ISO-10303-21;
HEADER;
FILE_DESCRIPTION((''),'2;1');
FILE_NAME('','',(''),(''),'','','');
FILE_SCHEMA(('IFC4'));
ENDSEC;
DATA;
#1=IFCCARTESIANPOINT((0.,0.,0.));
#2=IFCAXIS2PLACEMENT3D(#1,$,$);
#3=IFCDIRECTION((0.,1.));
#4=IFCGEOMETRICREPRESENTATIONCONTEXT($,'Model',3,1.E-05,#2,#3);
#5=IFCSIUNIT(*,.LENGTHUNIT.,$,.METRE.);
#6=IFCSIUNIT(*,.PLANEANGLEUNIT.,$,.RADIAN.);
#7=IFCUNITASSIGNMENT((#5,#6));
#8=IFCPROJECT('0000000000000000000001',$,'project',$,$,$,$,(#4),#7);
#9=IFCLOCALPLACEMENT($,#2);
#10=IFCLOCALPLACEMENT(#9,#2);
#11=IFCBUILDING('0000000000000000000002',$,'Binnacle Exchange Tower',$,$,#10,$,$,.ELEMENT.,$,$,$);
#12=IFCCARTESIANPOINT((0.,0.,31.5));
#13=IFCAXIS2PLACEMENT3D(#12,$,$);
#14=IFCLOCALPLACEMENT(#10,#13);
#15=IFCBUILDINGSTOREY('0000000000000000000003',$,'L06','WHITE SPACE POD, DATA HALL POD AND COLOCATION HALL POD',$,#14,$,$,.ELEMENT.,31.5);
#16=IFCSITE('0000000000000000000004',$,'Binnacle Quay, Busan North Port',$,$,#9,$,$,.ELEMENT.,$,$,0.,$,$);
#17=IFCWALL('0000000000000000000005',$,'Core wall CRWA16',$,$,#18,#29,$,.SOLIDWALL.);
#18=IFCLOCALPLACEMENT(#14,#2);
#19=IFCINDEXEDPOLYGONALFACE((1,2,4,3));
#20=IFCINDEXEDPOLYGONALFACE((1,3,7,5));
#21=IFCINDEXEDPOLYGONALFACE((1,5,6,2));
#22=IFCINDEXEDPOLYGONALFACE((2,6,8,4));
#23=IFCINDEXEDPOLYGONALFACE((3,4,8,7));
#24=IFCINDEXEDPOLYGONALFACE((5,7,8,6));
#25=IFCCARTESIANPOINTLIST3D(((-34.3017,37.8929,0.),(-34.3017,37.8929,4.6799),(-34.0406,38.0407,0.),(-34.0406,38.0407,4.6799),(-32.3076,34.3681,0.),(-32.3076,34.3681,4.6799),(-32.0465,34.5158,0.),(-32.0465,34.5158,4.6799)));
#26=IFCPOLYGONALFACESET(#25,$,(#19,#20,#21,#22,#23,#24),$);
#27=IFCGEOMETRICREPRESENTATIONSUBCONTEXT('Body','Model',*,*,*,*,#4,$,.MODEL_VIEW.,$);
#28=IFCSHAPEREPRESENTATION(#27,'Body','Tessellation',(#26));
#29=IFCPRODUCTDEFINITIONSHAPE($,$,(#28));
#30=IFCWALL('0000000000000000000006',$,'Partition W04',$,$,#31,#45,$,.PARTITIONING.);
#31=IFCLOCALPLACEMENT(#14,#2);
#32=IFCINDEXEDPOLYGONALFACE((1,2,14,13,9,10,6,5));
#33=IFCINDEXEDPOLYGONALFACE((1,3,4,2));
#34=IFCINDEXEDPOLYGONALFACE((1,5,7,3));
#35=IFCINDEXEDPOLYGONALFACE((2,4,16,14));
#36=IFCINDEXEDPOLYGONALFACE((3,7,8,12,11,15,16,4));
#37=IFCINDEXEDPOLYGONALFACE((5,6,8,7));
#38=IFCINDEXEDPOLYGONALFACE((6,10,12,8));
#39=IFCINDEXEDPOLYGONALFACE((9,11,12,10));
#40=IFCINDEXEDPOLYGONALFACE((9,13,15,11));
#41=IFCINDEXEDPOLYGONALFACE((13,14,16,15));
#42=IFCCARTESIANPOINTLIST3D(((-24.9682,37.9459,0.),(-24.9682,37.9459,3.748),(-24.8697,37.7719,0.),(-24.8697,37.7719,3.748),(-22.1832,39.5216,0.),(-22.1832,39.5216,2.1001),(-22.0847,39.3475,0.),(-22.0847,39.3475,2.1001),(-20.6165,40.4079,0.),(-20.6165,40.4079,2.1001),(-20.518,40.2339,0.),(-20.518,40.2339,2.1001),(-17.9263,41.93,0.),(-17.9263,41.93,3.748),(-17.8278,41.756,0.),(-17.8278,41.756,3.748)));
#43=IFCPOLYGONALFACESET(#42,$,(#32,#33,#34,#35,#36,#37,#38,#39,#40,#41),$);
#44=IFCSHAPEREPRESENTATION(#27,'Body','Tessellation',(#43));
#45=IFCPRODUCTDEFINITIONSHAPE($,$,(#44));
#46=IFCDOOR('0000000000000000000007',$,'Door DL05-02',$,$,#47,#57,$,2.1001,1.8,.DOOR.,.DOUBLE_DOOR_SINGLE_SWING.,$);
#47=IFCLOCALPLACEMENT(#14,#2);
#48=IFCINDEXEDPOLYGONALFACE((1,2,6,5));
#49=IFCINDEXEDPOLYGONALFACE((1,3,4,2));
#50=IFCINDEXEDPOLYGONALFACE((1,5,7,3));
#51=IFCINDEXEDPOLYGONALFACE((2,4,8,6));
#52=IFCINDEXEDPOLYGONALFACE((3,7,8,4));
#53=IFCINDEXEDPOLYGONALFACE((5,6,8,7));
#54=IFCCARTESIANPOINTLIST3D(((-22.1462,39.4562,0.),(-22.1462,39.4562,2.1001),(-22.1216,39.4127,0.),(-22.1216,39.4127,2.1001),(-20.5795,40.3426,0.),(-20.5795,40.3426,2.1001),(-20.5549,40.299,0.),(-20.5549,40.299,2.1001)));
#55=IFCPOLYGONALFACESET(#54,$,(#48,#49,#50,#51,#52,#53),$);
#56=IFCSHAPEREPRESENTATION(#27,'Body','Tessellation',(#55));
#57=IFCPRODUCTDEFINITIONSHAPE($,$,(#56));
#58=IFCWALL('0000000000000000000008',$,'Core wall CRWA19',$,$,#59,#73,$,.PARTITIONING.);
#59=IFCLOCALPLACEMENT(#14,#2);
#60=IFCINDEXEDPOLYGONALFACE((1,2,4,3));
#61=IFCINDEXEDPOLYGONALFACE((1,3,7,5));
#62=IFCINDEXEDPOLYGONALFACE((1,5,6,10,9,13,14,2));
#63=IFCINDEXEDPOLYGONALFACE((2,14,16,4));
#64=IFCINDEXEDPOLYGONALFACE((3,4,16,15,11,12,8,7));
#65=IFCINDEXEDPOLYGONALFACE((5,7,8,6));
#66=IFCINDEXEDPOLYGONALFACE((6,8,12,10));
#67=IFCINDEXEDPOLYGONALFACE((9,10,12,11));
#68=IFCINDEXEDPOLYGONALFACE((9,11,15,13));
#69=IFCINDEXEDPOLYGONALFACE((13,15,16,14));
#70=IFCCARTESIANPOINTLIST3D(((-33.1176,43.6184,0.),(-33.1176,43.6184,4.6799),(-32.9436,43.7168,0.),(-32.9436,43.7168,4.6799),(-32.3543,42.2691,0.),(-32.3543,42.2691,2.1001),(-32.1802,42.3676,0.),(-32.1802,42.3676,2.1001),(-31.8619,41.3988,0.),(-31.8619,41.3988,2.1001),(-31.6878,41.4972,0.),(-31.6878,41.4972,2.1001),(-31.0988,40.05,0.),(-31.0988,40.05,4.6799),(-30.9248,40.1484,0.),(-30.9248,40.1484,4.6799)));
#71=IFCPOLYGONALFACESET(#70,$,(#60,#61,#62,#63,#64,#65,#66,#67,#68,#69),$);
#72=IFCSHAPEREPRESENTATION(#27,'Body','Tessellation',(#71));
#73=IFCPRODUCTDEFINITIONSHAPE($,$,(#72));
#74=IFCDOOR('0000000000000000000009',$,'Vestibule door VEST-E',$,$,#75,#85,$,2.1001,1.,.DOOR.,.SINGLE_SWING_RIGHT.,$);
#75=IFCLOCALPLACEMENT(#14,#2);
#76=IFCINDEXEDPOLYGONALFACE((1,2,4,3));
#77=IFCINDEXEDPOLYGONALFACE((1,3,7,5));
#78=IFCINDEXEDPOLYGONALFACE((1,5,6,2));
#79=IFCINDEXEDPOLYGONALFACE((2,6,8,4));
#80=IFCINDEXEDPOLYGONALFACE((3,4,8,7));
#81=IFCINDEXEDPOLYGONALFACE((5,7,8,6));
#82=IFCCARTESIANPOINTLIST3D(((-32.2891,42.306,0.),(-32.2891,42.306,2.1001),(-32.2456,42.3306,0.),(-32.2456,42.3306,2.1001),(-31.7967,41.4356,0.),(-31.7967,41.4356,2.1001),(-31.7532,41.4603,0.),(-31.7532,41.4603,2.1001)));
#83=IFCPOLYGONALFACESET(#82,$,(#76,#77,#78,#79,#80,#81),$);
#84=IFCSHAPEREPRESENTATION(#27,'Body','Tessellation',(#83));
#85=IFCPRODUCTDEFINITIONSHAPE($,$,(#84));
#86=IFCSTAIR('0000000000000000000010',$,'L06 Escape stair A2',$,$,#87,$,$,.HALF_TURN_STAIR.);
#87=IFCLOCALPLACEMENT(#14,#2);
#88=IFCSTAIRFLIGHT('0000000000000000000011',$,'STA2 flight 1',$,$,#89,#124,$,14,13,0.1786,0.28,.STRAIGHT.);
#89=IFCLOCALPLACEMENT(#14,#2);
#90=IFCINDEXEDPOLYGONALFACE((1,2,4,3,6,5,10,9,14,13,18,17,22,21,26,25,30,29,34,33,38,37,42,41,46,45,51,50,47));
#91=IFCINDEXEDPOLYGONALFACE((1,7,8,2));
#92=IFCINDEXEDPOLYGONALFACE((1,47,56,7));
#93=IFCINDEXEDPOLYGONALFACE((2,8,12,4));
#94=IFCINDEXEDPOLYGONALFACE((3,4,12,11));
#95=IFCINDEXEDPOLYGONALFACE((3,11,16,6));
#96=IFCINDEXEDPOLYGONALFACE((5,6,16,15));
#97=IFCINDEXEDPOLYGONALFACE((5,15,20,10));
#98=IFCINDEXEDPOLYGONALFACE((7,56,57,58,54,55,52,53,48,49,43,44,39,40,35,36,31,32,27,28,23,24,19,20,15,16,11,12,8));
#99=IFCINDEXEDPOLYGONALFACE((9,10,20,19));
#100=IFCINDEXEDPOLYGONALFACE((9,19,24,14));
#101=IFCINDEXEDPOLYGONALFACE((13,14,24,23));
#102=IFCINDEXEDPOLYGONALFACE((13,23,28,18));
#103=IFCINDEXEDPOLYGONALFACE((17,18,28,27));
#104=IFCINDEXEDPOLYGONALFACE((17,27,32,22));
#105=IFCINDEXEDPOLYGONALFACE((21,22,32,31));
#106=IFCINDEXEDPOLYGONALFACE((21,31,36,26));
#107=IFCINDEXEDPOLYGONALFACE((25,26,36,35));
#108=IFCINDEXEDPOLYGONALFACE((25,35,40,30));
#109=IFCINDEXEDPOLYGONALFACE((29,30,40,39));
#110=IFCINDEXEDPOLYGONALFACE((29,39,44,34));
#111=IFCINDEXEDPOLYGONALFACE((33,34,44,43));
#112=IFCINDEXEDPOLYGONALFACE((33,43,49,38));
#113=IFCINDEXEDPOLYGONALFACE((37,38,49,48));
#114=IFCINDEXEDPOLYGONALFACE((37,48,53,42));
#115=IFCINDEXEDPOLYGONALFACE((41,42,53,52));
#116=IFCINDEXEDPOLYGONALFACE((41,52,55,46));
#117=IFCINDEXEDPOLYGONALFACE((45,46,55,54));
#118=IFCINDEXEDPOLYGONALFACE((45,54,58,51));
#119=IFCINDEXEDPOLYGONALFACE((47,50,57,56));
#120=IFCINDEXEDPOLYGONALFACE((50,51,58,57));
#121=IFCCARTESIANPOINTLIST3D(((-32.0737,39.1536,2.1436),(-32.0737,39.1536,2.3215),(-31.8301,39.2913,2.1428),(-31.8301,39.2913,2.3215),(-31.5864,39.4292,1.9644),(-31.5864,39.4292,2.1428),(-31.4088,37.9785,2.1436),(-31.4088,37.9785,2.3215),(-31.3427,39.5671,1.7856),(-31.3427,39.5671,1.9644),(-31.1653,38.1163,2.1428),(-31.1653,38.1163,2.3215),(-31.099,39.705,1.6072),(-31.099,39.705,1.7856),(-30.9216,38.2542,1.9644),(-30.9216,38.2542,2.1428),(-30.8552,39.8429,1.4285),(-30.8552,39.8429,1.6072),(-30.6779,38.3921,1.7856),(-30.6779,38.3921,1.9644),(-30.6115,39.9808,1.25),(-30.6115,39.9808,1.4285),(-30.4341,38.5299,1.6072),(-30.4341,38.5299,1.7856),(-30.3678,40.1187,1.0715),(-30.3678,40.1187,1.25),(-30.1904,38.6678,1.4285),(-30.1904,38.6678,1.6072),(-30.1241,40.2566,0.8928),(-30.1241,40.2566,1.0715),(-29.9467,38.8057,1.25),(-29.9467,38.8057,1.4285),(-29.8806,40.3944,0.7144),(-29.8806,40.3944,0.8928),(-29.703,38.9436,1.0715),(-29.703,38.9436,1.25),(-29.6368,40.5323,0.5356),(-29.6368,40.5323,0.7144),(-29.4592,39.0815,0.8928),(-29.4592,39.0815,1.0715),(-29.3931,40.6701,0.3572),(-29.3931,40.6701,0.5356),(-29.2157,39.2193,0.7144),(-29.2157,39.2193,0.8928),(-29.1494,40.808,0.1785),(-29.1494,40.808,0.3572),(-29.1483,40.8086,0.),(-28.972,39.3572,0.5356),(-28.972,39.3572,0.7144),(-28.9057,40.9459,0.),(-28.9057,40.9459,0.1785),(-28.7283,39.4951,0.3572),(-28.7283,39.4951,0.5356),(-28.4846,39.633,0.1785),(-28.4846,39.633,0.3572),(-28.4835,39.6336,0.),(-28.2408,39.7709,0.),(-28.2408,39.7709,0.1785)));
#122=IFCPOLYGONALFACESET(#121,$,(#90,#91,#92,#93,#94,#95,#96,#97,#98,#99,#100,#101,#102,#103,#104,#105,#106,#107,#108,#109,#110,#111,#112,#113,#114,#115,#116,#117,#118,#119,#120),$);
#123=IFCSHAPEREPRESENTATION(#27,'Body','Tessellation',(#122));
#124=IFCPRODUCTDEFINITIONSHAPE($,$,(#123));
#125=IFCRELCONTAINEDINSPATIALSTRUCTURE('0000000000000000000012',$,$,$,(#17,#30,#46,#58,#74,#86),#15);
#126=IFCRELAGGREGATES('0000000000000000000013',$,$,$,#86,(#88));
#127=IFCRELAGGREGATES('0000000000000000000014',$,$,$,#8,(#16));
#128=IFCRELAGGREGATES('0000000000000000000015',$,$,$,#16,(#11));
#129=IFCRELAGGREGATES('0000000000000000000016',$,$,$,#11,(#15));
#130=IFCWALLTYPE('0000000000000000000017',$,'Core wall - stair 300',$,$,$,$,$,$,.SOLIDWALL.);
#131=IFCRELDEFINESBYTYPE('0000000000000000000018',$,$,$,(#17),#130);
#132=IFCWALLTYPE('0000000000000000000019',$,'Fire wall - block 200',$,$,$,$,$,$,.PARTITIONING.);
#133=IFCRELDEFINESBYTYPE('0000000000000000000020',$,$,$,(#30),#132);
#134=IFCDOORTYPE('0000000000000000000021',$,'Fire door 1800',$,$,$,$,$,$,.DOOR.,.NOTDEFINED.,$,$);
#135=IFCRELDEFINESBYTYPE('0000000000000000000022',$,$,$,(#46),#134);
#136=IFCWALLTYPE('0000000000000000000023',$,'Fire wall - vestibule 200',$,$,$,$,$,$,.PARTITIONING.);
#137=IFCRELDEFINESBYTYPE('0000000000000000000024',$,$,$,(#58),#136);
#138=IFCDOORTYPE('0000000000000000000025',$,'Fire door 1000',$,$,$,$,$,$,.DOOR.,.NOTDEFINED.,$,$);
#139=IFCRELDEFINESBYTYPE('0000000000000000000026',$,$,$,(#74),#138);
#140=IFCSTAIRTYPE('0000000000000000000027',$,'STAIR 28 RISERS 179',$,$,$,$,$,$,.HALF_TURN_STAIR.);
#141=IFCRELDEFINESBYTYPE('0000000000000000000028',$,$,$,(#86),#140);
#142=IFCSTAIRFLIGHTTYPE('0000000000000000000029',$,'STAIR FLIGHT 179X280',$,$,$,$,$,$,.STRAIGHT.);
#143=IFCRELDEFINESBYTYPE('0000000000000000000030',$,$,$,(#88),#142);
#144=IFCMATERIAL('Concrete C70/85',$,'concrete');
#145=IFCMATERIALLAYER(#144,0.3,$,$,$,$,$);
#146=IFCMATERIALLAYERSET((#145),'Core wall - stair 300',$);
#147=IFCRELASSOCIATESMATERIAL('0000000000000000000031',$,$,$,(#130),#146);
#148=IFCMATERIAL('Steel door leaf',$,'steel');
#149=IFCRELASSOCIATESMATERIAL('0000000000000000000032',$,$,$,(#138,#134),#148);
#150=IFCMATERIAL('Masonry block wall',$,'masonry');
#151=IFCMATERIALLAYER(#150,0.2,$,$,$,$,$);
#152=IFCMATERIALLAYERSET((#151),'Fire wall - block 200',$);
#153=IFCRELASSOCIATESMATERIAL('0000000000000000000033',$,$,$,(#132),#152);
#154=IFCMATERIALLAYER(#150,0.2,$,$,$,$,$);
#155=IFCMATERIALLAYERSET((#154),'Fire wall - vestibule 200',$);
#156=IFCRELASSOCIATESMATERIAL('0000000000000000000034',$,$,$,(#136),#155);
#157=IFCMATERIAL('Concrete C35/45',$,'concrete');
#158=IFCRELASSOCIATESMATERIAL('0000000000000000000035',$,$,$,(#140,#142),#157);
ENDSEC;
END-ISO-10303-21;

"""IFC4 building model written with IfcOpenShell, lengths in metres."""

from ifc_helpers import new_model, si_unit, direction, frame, frame_2d, origin, place, context, subcontext, project, spatial, polyline, rectangle, outline, extrude, material, layer, layer_set, type_object, element, fill, aggregate, save


model = new_model("IFC4")

# Units and contexts
model_context = context("Model", 3, precision=1e-05, world=origin(), true_north=direction((0.0, 1.0)))
body_context = subcontext(model_context, "Body", "Model", "MODEL_VIEW")
ifc_project = project(units=[si_unit("LENGTHUNIT", "METRE"), si_unit("PLANEANGLEUNIT", "RADIAN")], contexts=[model_context])

# Site, building, storey
site_placement = place(None, origin())
site = spatial("IfcSite", under=ifc_project, at=site_placement, Name="Binnacle Quay, Busan North Port", CompositionType="ELEMENT", RefElevation=0.0)
building_placement = place(site_placement, origin())
building = spatial("IfcBuilding", under=site, at=building_placement, Name="Binnacle Exchange Tower", CompositionType="ELEMENT")
storey_placement = place(building_placement, frame((0.0, 0.0, 31.5)))
storey = spatial("IfcBuildingStorey", under=building, at=storey_placement, Name="L06", Description="WHITE SPACE POD, DATA HALL POD AND COLOCATION HALL POD", CompositionType="ELEMENT", Elevation=31.5)

# Shared definitions
ifc_material_1 = material(Name="Concrete C70/85", Category="concrete")

# Shared definitions
ifc_material_2 = material(Name="Steel door leaf", Category="steel")

# Shared definitions
ifc_layer_1 = layer(ifc_material_1, 0.3)
ifc_layer_set_1 = layer_set([ifc_layer_1], Name="Core wall - stair 300")
wall_type_1 = type_object("IfcWallType", Name="Core wall - stair 300", PredefinedType="SOLIDWALL", material=ifc_layer_set_1)
door_type_1 = type_object("IfcDoorType", Name="Fire door 1000", OperationType="NOTDEFINED", PredefinedType="DOOR", material=ifc_material_2)

# Wall
wall_1_placement = place(storey_placement, frame((-34.1711, 37.9668, 0.0), z_axis=(0.0, 0.0, 1.0), x_axis=(0.492395, -0.870372, 0.0)))
element("IfcWall", 1, at=wall_1_placement, inside=storey, type_object=wall_type_1, Name="Core wall CRWA16", PredefinedType="SOLIDWALL", context=body_context, shape_type="SweptSolid", body=[
    extrude(rectangle(XDim=4.0498, YDim=0.3, at=frame_2d((2.0249, 0.0))), origin(), (0.0, 0.0, 1.0), 4.6799),
])

# Walls, openings, doors
ifc_material_3 = material(Name="Masonry block wall", Category="masonry")
ifc_layer_2 = layer(ifc_material_3, 0.2)
ifc_layer_set_2 = layer_set([ifc_layer_2], Name="Fire wall - block 200")
wall_type_2 = type_object("IfcWallType", Name="Fire wall - block 200", PredefinedType="PARTITIONING", material=ifc_layer_set_2)
wall_2_placement = place(storey_placement, frame((-24.9189, 37.8589, 0.0), z_axis=(0.0, 0.0, 1.0), x_axis=(0.870358, 0.49242, 0.0)))
wall_2 = element("IfcWall", 2, at=wall_2_placement, inside=storey, type_object=wall_type_2, Name="Partition W04", PredefinedType="PARTITIONING", context=body_context, shape_type="SweptSolid", body=[
    extrude(rectangle(XDim=8.0908, YDim=0.2, at=frame_2d((4.0454, 0.0))), origin(), (0.0, 0.0, 1.0), 3.748),
])
opening_1_placement = place(wall_2_placement, frame((3.2, 0.0, 0.0)))
opening_1 = element("IfcOpeningElement", 3, at=opening_1_placement, cuts=wall_2, PredefinedType="OPENING", context=body_context, shape_type="SweptSolid", body=[
    extrude(rectangle(XDim=1.8, YDim=2.1001, at=frame_2d((0.8999, 1.05))), frame((0.0, 0.1099, 0.0), z_axis=(0.0, -1.0, 0.0), x_axis=(1.0, 0.0, 0.0)), (0.0, 0.0, 1.0), 0.22),
])
door_type_2 = type_object("IfcDoorType", Name="Fire door 1800", OperationType="NOTDEFINED", PredefinedType="DOOR", material=ifc_material_2)
door_1_placement = place(opening_1_placement, origin())
door_1 = element("IfcDoor", 4, at=door_1_placement, inside=storey, type_object=door_type_2, Name="Door DL05-02", OperationType="DOUBLE_DOOR_SINGLE_SWING", OverallHeight=2.1001, OverallWidth=1.8, PredefinedType="DOOR", context=body_context, shape_type="SweptSolid", body=[
    extrude(rectangle(XDim=1.8, YDim=2.1001, at=frame_2d((0.8999, 1.05))), frame((0.0, 0.0249, 0.0), z_axis=(0.0, -1.0, 0.0), x_axis=(1.0, 0.0, 0.0)), (0.0, 0.0, 1.0), 0.05),
])
fill(opening_1, door_1)
ifc_layer_3 = layer(ifc_material_3, 0.2)
ifc_layer_set_3 = layer_set([ifc_layer_3], Name="Fire wall - vestibule 200")
wall_type_3 = type_object("IfcWallType", Name="Fire wall - vestibule 200", PredefinedType="PARTITIONING", material=ifc_layer_set_3)
wall_3_placement = place(storey_placement, frame((-33.0305, 43.6675, 0.0), z_axis=(0.0, 0.0, 1.0), x_axis=(0.492408, -0.870364, 0.0)))
wall_3 = element("IfcWall", 5, at=wall_3_placement, inside=storey, type_object=wall_type_3, Name="Core wall CRWA19", PredefinedType="PARTITIONING", context=body_context, shape_type="SweptSolid", body=[
    extrude(rectangle(XDim=4.0999, YDim=0.2, at=frame_2d((2.0498, 0.0))), origin(), (0.0, 0.0, 1.0), 4.6799),
])
opening_2_placement = place(wall_3_placement, frame((1.55, 0.0, 0.0)))
opening_2 = element("IfcOpeningElement", 6, at=opening_2_placement, cuts=wall_3, PredefinedType="OPENING", context=body_context, shape_type="SweptSolid", body=[
    extrude(rectangle(XDim=1.0, YDim=2.1001, at=frame_2d((0.5, 1.05))), frame((0.0, 0.1099, 0.0), z_axis=(0.0, -1.0, 0.0), x_axis=(1.0, 0.0, 0.0)), (0.0, 0.0, 1.0), 0.22),
])
door_2_placement = place(opening_2_placement, origin())
door_2 = element("IfcDoor", 7, at=door_2_placement, inside=storey, type_object=door_type_1, Name="Vestibule door VEST-E", OperationType="SINGLE_SWING_RIGHT", OverallHeight=2.1001, OverallWidth=1.0, PredefinedType="DOOR", context=body_context, shape_type="SweptSolid", body=[
    extrude(rectangle(XDim=1.0, YDim=2.1001, at=frame_2d((0.5, 1.05))), frame((0.0, 0.0249, 0.0), z_axis=(0.0, -1.0, 0.0), x_axis=(1.0, 0.0, 0.0)), (0.0, 0.0, 1.0), 0.05),
])
fill(opening_2, door_2)

# Stair, stair flight
ifc_material_4 = material(Name="Concrete C35/45", Category="concrete")
stair_type = type_object("IfcStairType", Name="STAIR 28 RISERS 179", PredefinedType="HALF_TURN_STAIR", material=ifc_material_4)
stair_placement = place(storey_placement, origin())
stair = element("IfcStair", 8, at=stair_placement, inside=storey, type_object=stair_type, Name="L06 Escape stair A2", PredefinedType="HALF_TURN_STAIR")
stair_flight_type = type_object("IfcStairFlightType", Name="STAIR FLIGHT 179X280", PredefinedType="STRAIGHT", material=ifc_material_4)
stair_flight_placement = place(storey_placement, frame((-28.5732, 40.3584, 0.0), z_axis=(0.0, 0.0, 1.0), x_axis=(-0.870356, -0.492424, 0.0)))
stair_flight = element("IfcStairFlight", 9, at=stair_flight_placement, type_object=stair_flight_type, Name="STA2 flight 1", NumberOfRisers=14, NumberOfTreads=13, PredefinedType="STRAIGHT", RiserHeight=0.1786, TreadLength=0.28, context=body_context, shape_type="SweptSolid", body=[
    extrude(outline(polyline([(0.0, 0.0), (0.0, 0.1785), (0.28, 0.1785), (0.28, 0.3572), (0.5601, 0.3572), (0.5601, 0.5356), (0.8401, 0.5356), (0.8401, 0.7144), (1.1201, 0.7144), (1.1201, 0.8928), (1.3999, 0.8928), (1.3999, 1.0715), (1.6799, 1.0715), (1.6799, 1.25), (1.96, 1.25), (1.96, 1.4285), (2.24, 1.4285), (2.24, 1.6072), (2.52, 1.6072), (2.52, 1.7856), (2.8, 1.7856), (2.8, 1.9644), (3.0801, 1.9644), (3.0801, 2.1428), (3.3601, 2.1428), (3.3601, 2.3215), (3.6399, 2.3215), (3.6399, 2.5), (3.6399, 2.1436), (0.2788, 0.0), (0.0, 0.0)])), frame((0.0, 0.675, 0.0), z_axis=(0.0, -1.0, 0.0), x_axis=(1.0, 0.0, 0.0)), (0.0, 0.0, 1.0), 1.3501),
])
aggregate(stair, [stair_flight])

save(model, "model.ifc")
